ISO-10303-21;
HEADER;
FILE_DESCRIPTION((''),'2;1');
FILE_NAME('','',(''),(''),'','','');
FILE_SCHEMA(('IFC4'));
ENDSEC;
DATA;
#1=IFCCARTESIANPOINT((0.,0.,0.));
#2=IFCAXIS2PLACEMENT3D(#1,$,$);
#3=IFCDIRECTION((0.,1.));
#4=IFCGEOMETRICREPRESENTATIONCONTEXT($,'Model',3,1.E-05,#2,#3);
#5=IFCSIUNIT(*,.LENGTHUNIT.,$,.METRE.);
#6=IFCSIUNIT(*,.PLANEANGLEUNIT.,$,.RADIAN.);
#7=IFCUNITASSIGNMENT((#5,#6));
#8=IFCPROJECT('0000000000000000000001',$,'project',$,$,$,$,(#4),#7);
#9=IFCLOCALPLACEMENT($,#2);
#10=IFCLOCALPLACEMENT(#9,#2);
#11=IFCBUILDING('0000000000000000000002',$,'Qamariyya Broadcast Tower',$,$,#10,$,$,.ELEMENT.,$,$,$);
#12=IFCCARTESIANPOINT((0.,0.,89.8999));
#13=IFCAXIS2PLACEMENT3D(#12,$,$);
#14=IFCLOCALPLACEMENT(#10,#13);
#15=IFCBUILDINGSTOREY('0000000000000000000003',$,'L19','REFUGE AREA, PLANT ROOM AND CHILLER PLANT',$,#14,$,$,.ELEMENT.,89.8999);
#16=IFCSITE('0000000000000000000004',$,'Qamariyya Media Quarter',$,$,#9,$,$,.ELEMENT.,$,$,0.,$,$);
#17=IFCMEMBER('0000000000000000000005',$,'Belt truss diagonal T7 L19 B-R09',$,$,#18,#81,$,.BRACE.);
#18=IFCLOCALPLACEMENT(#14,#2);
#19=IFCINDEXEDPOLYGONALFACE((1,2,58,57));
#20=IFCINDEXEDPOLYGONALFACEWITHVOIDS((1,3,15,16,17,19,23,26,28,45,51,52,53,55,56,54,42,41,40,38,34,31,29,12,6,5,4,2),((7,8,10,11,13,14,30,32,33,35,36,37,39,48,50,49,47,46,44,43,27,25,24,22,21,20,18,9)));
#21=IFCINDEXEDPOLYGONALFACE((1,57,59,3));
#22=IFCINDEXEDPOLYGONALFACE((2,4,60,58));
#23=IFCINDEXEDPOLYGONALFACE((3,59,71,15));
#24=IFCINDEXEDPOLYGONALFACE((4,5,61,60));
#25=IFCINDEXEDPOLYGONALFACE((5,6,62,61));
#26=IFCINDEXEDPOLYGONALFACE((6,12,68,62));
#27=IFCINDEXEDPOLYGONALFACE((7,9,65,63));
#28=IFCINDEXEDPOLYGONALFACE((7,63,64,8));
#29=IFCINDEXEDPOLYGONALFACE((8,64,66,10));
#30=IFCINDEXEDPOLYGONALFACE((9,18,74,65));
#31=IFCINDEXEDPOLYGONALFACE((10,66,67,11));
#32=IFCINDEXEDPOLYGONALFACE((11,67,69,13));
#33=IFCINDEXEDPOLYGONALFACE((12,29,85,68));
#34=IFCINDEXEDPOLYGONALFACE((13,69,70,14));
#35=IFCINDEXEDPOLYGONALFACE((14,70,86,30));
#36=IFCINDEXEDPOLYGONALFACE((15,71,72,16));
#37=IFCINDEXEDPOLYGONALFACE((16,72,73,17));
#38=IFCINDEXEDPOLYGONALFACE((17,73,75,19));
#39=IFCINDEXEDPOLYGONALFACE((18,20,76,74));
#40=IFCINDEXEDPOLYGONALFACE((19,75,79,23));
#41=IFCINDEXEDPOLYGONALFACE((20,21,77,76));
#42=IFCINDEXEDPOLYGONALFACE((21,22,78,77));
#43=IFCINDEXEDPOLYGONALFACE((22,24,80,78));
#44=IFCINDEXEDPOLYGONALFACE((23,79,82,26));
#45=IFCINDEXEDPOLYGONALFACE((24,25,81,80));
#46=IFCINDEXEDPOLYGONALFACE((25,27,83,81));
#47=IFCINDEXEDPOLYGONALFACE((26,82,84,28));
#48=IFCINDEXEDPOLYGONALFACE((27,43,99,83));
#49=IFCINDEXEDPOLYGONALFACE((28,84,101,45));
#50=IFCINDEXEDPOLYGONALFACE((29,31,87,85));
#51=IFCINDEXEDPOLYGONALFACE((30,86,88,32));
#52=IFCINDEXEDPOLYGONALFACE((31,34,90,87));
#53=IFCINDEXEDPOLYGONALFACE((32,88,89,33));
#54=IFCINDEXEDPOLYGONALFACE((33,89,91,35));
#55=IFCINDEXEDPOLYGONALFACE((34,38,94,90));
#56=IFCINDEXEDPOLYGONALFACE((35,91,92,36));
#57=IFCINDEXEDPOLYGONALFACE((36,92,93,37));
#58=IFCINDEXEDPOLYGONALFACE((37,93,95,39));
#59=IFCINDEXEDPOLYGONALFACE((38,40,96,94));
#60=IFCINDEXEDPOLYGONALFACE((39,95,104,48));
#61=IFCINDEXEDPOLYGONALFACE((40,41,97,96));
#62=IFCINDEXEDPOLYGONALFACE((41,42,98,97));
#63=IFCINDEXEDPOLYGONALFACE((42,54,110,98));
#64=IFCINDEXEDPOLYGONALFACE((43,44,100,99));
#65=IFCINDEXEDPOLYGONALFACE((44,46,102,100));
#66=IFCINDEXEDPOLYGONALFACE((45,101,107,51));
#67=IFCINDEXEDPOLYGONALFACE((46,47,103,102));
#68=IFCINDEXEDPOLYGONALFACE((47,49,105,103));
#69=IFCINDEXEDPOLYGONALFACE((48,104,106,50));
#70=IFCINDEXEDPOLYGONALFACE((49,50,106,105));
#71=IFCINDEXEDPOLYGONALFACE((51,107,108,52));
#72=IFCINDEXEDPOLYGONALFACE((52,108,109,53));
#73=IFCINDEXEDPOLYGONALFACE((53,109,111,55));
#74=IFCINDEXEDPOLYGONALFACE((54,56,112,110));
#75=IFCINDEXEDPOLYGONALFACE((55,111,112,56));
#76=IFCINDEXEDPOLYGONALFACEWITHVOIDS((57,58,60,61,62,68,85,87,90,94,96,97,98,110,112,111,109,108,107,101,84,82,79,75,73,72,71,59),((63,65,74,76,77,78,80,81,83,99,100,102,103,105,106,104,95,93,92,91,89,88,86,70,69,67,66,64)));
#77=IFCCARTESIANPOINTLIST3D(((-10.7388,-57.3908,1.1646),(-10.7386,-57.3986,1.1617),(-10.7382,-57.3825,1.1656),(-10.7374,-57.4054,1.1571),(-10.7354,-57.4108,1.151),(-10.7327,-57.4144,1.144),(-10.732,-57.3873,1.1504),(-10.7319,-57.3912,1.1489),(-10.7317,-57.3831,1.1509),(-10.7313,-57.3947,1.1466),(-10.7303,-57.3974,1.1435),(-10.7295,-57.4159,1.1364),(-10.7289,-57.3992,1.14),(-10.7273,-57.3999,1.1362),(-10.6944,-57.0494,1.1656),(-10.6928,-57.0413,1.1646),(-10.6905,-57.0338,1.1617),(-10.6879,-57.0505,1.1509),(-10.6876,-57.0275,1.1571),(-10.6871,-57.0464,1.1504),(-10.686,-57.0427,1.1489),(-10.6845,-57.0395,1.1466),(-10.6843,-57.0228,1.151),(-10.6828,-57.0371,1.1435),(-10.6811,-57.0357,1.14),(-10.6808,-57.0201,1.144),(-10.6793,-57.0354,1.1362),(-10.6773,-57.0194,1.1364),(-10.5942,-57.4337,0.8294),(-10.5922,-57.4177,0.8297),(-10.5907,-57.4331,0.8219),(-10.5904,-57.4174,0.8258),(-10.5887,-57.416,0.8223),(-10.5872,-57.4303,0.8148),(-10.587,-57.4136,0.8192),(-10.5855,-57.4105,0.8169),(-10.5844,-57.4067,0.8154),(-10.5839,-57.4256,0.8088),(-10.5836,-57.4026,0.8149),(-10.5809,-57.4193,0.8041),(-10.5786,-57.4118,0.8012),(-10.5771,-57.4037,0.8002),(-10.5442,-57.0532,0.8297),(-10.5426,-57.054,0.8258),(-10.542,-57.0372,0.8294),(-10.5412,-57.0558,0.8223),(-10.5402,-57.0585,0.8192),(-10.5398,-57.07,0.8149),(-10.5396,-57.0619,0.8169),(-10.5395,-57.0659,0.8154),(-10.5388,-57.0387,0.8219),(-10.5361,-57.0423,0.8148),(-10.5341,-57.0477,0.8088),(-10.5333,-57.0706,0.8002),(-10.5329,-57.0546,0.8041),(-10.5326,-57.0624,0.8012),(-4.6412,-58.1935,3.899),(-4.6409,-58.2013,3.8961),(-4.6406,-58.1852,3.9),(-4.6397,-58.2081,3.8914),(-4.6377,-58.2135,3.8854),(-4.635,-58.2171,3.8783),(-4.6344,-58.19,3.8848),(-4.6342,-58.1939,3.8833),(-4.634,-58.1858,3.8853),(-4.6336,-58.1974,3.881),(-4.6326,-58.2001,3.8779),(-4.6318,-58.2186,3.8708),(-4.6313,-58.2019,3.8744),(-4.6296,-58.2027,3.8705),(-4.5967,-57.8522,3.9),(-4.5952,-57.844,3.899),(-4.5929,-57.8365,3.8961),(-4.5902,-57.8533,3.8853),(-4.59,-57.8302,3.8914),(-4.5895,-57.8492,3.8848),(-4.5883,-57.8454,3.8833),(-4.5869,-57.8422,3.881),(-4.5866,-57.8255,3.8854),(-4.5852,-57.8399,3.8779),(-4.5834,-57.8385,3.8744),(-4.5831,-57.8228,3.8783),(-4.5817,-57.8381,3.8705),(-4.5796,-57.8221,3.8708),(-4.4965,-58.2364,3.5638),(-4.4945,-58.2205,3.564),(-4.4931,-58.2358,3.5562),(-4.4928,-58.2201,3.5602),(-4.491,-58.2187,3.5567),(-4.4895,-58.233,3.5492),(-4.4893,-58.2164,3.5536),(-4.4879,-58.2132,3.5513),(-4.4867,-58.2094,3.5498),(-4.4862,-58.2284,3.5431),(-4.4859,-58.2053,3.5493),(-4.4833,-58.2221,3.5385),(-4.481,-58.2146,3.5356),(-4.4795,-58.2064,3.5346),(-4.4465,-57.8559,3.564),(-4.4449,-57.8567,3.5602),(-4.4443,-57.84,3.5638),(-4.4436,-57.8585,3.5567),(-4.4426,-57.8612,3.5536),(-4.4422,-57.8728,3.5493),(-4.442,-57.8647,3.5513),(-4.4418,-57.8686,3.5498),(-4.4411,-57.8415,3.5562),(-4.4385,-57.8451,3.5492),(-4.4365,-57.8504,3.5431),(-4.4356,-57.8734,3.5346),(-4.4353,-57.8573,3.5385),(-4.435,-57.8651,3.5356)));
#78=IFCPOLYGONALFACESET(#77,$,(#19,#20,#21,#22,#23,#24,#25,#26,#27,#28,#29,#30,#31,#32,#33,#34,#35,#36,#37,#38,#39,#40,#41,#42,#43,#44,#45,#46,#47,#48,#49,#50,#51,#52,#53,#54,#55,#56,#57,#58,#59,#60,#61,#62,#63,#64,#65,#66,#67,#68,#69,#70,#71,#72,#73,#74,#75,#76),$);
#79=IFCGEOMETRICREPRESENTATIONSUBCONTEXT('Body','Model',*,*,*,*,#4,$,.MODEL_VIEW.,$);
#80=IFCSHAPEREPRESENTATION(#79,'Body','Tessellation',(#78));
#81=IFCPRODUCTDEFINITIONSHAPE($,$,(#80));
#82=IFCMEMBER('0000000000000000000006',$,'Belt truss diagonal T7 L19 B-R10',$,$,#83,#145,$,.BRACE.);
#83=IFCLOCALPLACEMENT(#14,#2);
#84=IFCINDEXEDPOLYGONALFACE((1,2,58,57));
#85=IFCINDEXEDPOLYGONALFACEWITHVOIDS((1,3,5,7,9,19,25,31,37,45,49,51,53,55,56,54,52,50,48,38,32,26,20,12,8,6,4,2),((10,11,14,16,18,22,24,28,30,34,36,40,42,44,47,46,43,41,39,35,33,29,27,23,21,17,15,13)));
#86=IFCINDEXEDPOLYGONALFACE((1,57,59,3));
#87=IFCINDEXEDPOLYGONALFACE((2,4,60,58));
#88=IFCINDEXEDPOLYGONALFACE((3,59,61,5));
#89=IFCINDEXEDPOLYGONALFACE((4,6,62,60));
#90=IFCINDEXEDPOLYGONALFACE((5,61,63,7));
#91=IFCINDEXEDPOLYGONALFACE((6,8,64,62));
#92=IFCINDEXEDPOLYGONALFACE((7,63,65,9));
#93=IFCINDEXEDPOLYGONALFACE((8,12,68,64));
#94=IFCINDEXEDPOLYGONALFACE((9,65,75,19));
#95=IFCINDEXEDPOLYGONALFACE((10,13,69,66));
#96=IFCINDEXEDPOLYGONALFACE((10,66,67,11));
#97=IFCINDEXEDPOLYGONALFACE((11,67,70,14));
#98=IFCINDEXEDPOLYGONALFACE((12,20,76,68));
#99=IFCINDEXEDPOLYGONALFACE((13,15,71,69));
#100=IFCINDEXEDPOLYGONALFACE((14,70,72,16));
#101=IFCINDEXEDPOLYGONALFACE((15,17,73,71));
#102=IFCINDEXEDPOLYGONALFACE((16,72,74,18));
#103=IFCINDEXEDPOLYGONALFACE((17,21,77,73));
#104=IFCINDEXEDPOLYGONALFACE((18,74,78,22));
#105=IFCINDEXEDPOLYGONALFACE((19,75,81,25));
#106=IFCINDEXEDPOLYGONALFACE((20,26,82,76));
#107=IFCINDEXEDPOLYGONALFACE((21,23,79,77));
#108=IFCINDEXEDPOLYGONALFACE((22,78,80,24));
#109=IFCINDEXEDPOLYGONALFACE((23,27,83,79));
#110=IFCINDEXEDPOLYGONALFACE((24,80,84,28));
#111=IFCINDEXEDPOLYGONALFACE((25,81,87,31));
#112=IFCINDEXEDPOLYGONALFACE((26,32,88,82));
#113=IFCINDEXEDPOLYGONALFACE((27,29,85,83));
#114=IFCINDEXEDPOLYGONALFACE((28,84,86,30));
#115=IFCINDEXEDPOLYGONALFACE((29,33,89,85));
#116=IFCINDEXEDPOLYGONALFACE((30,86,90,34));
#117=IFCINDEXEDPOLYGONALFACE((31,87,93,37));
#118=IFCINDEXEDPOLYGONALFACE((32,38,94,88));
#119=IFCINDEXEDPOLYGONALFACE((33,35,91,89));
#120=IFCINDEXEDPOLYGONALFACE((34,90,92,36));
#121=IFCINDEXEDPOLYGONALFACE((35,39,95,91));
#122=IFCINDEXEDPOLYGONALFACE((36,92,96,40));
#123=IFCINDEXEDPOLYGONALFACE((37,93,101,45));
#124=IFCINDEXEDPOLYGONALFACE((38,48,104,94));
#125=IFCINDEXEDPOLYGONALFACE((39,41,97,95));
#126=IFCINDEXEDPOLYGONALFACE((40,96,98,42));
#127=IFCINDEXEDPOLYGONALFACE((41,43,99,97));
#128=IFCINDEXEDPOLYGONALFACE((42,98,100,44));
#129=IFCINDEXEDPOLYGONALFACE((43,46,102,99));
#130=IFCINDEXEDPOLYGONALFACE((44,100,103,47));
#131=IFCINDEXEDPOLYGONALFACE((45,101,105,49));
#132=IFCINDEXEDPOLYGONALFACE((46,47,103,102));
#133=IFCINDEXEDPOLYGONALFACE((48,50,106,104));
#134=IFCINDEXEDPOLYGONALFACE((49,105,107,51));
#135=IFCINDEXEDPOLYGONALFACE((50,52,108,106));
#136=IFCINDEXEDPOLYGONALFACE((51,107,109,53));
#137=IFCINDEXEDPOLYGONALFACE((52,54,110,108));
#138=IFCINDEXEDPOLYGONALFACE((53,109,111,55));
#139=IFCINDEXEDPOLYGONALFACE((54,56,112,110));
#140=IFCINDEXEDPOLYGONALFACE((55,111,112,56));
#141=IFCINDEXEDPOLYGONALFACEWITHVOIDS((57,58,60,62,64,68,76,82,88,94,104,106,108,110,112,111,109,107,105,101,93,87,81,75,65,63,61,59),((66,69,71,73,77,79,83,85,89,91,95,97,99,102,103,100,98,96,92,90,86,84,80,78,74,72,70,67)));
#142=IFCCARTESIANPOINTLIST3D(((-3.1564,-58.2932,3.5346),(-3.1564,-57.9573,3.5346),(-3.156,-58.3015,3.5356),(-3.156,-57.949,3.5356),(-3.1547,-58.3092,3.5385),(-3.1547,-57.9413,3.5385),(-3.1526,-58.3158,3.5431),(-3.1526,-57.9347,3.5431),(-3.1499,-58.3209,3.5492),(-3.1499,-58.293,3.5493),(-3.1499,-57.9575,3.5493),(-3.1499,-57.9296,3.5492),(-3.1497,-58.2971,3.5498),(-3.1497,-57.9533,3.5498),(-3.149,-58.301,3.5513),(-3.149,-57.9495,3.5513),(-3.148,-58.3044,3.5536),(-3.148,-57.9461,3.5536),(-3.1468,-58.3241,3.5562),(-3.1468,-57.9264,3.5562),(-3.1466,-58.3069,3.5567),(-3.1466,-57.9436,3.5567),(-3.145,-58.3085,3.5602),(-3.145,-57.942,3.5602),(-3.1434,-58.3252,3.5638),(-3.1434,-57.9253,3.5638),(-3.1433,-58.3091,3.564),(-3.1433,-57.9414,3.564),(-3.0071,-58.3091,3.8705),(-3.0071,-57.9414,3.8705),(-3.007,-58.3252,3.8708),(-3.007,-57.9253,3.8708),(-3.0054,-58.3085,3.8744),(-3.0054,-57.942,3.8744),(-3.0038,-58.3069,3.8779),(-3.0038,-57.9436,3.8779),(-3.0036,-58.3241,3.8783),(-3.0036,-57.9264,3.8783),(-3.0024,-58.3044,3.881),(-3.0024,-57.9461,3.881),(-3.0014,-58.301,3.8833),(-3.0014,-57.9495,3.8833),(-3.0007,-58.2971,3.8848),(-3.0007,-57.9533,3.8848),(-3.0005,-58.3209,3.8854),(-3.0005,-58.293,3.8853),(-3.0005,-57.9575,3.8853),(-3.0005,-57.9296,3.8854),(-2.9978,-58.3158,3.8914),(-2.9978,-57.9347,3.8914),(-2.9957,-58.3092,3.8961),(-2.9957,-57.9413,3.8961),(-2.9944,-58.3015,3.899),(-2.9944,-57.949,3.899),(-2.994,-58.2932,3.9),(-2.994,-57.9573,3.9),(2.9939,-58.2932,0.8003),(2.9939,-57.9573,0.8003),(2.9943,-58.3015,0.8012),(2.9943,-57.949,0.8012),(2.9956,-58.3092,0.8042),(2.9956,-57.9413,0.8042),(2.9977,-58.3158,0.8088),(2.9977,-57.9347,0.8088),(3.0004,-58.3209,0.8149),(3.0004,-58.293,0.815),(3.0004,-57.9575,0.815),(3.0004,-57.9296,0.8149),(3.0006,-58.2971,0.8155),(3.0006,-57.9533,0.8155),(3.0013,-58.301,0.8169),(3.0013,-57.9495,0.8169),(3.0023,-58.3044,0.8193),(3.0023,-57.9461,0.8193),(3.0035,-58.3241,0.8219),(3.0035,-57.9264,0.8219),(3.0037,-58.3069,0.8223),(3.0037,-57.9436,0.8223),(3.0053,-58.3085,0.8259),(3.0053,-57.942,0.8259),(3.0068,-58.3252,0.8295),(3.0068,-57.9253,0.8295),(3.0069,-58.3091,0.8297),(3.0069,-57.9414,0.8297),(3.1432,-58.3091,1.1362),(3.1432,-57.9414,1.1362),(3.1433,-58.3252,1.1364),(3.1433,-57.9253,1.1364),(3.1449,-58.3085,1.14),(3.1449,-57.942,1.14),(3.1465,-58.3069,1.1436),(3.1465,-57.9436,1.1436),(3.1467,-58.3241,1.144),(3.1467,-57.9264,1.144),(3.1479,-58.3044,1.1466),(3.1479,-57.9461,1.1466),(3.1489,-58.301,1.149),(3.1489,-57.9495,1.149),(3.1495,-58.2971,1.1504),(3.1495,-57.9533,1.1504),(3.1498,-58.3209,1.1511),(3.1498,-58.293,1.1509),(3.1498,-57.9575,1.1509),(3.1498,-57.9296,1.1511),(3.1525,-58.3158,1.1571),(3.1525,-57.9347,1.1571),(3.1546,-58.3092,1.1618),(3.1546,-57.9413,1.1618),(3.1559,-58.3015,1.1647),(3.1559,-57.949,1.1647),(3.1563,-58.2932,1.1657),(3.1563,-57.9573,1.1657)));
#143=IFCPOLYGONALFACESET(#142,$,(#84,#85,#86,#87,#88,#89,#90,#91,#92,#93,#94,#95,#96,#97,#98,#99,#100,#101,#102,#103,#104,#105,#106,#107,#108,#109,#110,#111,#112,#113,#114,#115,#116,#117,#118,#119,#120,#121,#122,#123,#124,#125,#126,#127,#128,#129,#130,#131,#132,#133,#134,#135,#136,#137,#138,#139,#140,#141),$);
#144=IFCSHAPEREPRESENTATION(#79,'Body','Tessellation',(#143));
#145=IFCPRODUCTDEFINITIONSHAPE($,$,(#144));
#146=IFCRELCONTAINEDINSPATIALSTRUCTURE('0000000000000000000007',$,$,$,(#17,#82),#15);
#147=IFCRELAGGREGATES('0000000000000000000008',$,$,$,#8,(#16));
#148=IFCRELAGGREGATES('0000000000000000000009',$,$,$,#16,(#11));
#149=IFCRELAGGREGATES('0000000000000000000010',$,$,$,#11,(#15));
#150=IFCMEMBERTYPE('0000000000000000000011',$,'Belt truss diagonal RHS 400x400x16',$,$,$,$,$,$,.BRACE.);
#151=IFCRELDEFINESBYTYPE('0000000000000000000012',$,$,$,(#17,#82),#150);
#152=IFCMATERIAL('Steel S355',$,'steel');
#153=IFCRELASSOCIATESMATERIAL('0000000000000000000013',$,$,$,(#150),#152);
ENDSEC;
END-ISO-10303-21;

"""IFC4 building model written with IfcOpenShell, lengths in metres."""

from ifc_helpers import new_model, si_unit, direction, frame, origin, origin_2d, place, context, subcontext, project, spatial, hollow_rectangle, extrude, material, material_profile, profile_set, type_object, element, save


model = new_model("IFC4")

# Units and contexts
model_context = context("Model", 3, precision=1e-05, world=origin(), true_north=direction((0.0, 1.0)))
body_context = subcontext(model_context, "Body", "Model", "MODEL_VIEW")
ifc_project = project(units=[si_unit("LENGTHUNIT", "METRE"), si_unit("PLANEANGLEUNIT", "RADIAN")], contexts=[model_context])

# Site, building, storey
site_placement = place(None, origin())
site = spatial("IfcSite", under=ifc_project, at=site_placement, Name="Qamariyya Media Quarter", CompositionType="ELEMENT", RefElevation=0.0)
building_placement = place(site_placement, origin())
building = spatial("IfcBuilding", under=site, at=building_placement, Name="Qamariyya Broadcast Tower", CompositionType="ELEMENT")
storey_placement = place(building_placement, frame((0.0, 0.0, 89.8999)))
storey = spatial("IfcBuildingStorey", under=building, at=storey_placement, Name="L19", Description="REFUGE AREA, PLANT ROOM AND CHILLER PLANT", CompositionType="ELEMENT", Elevation=89.8999)

# Members
ifc_material_1 = material(Name="Steel S355", Category="steel")
ifc_material_profile_1 = material_profile(ifc_material_1, hollow_rectangle(XDim=0.3999, YDim=0.3999, WallThickness=0.0161, InnerFilletRadius=0.0161, OuterFilletRadius=0.032, at=origin_2d()))
ifc_profile_set_1 = profile_set([ifc_material_profile_1], Name="Steel S355")
member_type_1 = type_object("IfcMemberType", Name="Belt truss diagonal RHS 400x400x16", PredefinedType="BRACE", material=ifc_profile_set_1)
for number, where, z_axis, x_axis, name in (
    (1, (-10.6357, -57.2266, 0.9829), (0.905944, -0.119264, 0.406253), (0.13052, 0.991446, 0.0), "Belt truss diagonal T7 L19 B-R09"),
    (2, (-3.0752, -58.1252, 3.7173), (0.913764, 0.0, -0.406246), (0.0, 1.0, 0.0), "Belt truss diagonal T7 L19 B-R10"),
):
    element("IfcMember", number, at=place(storey_placement, frame(where, z_axis=z_axis, x_axis=x_axis)), inside=storey, type_object=member_type_1, Name=name, PredefinedType="BRACE", context=body_context, shape_type="SweptSolid", body=[
        extrude(hollow_rectangle(XDim=0.3999, YDim=0.3999, WallThickness=0.0161, InnerFilletRadius=0.0161, OuterFilletRadius=0.032, at=origin_2d()), origin(), (0.0, 0.0, 1.0), 6.7307),
    ])

save(model, "model.ifc")
